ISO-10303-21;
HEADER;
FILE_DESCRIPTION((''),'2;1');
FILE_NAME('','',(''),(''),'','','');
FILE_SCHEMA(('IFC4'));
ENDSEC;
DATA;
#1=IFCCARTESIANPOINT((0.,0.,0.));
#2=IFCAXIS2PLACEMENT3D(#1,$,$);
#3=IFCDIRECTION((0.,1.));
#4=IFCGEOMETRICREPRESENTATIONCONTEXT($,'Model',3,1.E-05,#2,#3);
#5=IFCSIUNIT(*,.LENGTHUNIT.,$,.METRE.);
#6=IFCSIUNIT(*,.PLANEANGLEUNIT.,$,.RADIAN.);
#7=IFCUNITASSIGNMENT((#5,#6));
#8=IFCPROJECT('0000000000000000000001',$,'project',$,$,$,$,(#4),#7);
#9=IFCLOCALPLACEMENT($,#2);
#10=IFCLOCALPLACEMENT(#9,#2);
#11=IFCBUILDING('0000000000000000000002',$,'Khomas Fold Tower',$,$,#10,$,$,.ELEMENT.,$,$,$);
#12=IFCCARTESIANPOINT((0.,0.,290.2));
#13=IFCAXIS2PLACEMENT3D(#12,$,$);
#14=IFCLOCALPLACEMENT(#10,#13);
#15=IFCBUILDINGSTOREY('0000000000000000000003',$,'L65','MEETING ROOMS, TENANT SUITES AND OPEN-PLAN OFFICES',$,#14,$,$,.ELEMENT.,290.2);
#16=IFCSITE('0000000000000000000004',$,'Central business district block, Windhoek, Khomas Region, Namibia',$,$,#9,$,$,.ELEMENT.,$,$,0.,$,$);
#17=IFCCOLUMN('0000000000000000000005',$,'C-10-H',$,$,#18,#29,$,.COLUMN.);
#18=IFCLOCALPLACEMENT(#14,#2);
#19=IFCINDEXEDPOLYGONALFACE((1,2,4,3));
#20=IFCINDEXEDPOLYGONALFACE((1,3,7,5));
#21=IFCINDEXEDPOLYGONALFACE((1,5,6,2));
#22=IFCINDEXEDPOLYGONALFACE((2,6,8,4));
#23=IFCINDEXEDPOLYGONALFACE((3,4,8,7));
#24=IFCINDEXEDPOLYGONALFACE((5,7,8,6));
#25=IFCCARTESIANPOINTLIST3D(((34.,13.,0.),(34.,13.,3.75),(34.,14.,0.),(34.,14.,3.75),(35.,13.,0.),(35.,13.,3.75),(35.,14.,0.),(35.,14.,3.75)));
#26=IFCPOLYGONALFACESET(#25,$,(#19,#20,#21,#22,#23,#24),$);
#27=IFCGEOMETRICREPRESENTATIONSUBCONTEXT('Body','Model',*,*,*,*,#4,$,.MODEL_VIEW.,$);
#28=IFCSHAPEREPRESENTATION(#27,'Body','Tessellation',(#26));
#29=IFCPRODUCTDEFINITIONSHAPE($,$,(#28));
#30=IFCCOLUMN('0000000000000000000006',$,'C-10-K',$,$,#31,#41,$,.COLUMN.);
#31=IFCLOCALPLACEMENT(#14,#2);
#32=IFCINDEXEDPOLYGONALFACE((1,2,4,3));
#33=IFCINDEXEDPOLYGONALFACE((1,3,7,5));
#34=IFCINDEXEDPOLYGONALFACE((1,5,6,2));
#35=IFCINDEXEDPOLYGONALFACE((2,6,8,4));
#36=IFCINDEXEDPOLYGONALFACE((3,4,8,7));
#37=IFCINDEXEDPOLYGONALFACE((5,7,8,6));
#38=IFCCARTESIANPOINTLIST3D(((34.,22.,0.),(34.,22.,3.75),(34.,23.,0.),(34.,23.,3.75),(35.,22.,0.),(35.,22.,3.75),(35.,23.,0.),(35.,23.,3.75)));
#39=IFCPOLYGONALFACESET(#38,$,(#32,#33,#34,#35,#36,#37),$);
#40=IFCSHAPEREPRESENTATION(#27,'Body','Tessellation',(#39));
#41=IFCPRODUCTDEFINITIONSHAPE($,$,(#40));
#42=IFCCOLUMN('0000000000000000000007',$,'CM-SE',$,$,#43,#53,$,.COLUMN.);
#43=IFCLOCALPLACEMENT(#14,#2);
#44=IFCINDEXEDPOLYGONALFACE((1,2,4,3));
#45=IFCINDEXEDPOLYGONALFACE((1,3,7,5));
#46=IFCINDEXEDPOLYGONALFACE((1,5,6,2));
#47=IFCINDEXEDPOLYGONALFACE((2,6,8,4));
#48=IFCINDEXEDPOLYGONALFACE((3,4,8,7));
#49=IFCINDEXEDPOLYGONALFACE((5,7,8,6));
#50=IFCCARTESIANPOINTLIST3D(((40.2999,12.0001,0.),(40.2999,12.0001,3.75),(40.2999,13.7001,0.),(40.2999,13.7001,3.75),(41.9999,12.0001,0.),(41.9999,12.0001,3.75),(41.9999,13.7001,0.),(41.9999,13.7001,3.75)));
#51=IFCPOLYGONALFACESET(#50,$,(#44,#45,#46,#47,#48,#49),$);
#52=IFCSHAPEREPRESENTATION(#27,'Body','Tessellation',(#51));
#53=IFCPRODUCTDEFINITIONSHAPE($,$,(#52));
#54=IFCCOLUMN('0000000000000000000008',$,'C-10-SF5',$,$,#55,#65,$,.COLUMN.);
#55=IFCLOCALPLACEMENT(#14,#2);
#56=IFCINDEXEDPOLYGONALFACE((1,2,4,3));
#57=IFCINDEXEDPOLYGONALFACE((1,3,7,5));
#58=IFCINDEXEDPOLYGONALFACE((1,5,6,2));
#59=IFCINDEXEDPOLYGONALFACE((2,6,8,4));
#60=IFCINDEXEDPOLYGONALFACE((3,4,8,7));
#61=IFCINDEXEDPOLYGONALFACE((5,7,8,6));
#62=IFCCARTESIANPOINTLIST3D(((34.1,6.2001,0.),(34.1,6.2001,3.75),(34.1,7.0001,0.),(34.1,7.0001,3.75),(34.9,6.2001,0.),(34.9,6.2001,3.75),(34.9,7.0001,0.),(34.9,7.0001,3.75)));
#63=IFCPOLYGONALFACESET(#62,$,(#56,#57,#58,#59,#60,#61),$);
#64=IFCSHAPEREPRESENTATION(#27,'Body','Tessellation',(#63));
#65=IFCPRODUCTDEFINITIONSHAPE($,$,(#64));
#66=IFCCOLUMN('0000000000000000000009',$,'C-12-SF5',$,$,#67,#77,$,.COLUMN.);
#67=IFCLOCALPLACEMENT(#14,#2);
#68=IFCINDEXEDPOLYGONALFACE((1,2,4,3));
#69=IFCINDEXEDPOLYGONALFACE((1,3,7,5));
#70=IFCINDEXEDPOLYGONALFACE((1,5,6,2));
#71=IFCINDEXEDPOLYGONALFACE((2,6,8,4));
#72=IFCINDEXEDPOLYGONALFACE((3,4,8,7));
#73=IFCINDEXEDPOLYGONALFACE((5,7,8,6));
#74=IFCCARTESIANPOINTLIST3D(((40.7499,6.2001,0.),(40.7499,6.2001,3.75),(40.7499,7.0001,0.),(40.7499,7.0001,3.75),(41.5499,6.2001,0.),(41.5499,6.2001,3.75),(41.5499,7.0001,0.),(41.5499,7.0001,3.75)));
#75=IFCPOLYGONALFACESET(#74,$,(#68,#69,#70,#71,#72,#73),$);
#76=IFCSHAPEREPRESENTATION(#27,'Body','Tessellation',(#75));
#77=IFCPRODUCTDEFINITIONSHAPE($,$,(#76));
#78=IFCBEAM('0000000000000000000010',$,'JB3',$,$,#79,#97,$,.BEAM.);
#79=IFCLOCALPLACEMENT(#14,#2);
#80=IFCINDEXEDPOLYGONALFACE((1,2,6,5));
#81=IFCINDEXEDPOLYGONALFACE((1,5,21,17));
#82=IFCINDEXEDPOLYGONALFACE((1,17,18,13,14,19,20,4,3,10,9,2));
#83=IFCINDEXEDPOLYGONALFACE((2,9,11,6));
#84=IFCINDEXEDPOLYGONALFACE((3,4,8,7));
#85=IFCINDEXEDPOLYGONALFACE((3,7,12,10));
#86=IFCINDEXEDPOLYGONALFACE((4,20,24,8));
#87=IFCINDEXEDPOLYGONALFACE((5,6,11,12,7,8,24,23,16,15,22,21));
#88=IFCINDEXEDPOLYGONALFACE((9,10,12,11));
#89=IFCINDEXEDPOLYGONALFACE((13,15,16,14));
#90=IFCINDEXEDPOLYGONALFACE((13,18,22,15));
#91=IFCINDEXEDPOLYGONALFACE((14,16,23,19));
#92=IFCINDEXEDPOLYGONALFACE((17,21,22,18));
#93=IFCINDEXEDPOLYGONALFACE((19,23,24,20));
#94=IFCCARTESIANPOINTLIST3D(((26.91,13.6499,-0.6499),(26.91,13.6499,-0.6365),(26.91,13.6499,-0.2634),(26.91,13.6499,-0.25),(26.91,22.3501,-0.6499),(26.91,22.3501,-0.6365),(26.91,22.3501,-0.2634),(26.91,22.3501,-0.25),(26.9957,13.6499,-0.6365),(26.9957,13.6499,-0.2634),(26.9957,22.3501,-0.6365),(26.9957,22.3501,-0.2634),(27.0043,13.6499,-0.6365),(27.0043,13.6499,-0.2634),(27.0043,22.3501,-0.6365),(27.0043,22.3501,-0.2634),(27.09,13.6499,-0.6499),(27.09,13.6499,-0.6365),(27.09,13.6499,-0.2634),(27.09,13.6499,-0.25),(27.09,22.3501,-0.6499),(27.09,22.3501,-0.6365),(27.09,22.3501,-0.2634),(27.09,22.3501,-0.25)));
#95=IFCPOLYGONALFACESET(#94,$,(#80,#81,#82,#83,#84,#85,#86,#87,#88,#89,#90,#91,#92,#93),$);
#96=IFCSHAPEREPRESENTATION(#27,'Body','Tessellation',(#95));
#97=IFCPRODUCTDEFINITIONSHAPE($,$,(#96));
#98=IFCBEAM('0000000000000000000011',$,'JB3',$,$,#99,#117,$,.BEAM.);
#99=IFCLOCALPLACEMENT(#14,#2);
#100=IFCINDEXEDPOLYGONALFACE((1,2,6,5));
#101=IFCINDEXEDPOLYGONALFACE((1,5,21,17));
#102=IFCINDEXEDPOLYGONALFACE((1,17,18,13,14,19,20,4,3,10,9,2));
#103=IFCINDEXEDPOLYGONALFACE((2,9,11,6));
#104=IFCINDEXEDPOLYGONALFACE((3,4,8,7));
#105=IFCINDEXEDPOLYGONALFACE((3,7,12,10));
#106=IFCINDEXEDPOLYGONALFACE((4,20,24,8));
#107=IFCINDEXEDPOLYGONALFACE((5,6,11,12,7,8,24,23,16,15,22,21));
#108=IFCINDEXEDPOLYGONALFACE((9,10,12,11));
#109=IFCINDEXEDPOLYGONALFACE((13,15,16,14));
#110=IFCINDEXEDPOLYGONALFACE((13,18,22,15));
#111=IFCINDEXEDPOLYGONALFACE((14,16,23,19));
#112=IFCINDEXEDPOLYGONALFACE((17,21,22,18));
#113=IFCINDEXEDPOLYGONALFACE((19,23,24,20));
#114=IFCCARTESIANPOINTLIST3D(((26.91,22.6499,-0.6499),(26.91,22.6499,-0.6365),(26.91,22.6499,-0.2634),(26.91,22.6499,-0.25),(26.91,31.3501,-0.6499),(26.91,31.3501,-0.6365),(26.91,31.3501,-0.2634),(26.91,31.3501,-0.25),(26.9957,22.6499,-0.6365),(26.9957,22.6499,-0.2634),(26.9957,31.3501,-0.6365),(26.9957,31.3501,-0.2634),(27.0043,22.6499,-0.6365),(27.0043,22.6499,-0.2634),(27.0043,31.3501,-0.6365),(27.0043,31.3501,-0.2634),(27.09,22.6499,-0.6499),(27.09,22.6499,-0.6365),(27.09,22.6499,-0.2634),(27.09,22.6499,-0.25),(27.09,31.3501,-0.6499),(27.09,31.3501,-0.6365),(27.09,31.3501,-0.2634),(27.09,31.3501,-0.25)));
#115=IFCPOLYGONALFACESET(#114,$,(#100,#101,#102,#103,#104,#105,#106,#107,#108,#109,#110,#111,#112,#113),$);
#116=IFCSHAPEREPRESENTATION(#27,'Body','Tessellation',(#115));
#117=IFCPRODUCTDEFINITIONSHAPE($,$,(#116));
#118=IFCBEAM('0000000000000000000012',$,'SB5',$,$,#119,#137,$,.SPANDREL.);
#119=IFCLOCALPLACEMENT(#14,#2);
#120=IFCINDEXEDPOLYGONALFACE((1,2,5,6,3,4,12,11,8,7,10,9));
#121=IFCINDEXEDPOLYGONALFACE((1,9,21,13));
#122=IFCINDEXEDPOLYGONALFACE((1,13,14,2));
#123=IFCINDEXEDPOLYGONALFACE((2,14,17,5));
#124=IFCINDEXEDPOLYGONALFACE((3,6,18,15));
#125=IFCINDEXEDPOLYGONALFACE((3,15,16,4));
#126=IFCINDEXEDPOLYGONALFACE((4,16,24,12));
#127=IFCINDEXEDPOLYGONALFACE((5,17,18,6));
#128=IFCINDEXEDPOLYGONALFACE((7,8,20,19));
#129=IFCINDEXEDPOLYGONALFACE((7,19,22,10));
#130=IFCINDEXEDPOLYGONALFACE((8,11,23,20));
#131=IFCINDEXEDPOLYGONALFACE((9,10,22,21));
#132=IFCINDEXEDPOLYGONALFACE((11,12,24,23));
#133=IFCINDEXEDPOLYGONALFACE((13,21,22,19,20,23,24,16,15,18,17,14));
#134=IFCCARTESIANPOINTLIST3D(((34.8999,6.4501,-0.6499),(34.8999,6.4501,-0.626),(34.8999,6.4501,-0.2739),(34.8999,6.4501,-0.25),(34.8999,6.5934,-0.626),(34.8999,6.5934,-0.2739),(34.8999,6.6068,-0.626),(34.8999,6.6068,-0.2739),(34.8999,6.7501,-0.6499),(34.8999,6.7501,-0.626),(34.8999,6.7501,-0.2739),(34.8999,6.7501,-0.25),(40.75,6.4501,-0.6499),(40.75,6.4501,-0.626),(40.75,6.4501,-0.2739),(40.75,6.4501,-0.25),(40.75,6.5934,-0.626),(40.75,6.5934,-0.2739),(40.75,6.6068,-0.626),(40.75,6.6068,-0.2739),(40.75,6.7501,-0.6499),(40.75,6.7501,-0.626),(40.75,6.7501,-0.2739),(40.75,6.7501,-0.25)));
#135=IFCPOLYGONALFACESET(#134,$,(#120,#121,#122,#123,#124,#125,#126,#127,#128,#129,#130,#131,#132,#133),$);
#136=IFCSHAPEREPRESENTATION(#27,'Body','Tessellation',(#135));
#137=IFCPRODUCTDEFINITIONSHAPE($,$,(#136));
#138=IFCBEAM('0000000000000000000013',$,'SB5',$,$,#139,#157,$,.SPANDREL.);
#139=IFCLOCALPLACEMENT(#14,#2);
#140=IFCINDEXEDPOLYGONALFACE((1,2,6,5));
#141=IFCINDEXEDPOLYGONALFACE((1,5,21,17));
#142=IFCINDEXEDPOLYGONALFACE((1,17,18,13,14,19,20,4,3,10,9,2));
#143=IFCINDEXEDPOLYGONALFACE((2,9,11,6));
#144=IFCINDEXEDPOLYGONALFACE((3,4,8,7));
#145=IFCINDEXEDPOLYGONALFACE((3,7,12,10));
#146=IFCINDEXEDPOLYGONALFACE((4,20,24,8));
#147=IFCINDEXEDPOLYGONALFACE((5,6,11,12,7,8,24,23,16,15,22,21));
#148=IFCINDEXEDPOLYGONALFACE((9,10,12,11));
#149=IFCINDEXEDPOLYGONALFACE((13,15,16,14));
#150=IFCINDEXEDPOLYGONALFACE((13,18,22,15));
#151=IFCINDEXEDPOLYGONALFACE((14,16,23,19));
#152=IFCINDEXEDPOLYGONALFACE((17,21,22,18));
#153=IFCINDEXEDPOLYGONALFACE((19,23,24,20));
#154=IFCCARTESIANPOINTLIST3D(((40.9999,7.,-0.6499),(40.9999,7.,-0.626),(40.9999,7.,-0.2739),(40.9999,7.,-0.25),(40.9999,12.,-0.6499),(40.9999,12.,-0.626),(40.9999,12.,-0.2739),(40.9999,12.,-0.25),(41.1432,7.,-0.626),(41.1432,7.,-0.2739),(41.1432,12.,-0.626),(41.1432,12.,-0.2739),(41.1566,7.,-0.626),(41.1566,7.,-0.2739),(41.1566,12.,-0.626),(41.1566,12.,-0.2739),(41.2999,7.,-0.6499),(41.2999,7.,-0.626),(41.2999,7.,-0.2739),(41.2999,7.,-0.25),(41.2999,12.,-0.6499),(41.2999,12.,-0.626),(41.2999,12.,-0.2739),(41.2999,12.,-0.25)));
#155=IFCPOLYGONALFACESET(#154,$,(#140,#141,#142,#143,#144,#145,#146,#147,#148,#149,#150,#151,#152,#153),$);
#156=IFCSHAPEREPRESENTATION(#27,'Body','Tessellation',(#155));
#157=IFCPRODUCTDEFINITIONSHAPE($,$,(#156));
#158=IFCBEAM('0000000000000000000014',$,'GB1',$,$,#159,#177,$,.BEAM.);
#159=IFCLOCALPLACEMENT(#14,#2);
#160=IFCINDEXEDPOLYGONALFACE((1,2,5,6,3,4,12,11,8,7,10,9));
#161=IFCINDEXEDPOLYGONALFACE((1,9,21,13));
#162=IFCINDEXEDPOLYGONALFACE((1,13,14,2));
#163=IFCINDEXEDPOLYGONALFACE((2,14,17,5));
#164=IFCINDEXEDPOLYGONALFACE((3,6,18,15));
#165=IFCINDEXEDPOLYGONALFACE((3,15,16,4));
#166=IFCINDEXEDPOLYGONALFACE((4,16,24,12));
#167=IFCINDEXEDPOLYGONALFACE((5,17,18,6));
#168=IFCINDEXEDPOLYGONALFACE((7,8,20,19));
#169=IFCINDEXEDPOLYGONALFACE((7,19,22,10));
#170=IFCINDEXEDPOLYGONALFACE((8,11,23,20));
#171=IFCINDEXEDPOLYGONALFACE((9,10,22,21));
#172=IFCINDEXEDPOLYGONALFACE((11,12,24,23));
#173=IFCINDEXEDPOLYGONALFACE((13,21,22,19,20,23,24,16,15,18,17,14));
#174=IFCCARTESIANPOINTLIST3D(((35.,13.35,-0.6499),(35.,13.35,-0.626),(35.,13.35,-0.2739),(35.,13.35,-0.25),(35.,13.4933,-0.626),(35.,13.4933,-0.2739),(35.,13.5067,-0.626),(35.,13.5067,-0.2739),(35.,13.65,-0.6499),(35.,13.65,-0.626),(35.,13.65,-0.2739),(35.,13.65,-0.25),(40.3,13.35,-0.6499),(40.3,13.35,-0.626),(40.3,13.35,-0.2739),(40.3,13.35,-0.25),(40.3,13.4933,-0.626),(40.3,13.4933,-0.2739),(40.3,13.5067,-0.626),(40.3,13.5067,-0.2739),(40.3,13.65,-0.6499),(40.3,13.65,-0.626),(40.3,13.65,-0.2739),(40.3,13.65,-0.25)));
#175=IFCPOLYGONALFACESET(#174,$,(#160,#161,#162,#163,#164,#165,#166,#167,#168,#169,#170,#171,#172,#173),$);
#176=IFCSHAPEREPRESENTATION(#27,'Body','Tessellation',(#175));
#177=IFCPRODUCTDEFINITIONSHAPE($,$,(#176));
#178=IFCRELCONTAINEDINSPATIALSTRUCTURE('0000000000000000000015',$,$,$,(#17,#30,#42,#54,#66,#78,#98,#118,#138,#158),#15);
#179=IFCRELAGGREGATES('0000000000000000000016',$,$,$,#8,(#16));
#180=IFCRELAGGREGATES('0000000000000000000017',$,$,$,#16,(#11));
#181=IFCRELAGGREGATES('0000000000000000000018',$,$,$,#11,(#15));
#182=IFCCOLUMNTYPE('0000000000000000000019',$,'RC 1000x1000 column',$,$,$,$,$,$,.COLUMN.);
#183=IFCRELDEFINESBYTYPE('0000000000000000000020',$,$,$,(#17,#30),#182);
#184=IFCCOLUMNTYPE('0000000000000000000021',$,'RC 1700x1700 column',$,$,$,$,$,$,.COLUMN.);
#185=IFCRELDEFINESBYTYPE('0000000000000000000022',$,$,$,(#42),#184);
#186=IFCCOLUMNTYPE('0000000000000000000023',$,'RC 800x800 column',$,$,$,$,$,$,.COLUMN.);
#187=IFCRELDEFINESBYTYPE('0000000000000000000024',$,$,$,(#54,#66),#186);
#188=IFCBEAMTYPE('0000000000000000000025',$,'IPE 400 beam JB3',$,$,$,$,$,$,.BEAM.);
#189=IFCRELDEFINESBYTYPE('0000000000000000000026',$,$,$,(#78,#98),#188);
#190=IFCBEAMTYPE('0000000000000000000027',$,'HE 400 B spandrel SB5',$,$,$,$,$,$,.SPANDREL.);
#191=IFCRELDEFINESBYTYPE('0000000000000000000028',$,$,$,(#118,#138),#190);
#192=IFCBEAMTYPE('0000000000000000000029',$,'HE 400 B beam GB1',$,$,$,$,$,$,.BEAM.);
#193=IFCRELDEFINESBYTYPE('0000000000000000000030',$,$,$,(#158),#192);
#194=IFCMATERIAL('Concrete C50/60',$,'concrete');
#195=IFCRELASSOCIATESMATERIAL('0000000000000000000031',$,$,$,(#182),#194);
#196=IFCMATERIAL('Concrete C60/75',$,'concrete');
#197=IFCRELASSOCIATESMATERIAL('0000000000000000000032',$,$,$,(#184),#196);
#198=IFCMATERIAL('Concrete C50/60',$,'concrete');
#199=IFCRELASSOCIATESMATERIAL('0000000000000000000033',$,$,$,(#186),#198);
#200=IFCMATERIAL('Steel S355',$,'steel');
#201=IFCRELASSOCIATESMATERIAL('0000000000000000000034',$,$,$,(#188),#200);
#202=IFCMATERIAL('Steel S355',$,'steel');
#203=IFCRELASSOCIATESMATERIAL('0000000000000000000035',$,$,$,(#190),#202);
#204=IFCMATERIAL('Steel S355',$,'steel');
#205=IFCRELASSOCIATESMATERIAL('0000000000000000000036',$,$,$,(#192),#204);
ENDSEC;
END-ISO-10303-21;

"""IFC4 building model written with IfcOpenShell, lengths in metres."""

from ifc_helpers import new_model, si_unit, direction, frame, origin, origin_2d, place, context, subcontext, project, spatial, rectangle, i_section, extrude, source, transform, mapped, material, material_profile, profile_set, type_object, element, save


model = new_model("IFC4")

# Units and contexts
model_context = context("Model", 3, precision=1e-05, world=origin(), true_north=direction((0.0, 1.0)))
body_context = subcontext(model_context, "Body", "Model", "MODEL_VIEW")
ifc_project = project(units=[si_unit("LENGTHUNIT", "METRE"), si_unit("PLANEANGLEUNIT", "RADIAN")], contexts=[model_context])

# Site, building, storey
site_placement = place(None, origin())
site = spatial("IfcSite", under=ifc_project, at=site_placement, Name="Central business district block, Windhoek, Khomas Region, Namibia", CompositionType="ELEMENT", RefElevation=0.0)
building_placement = place(site_placement, origin())
building = spatial("IfcBuilding", under=site, at=building_placement, Name="Khomas Fold Tower", CompositionType="ELEMENT")
storey_placement = place(building_placement, frame((0.0, 0.0, 290.2)))
storey = spatial("IfcBuildingStorey", under=building, at=storey_placement, Name="L65", Description="MEETING ROOMS, TENANT SUITES AND OPEN-PLAN OFFICES", CompositionType="ELEMENT", Elevation=290.2)

# Columns
ifc_material_1 = material(Name="Concrete C50/60", Category="concrete")
ifc_material_profile_1 = material_profile(ifc_material_1, rectangle(XDim=1.0, YDim=1.0, at=origin_2d()), Name="RC 1000x1000")
ifc_profile_set_1 = profile_set([ifc_material_profile_1], Name="Concrete C50/60")
column_type_1 = type_object("IfcColumnType", Name="RC 1000x1000 column", PredefinedType="COLUMN", material=ifc_profile_set_1)
shared_shape_1 = source(origin(), body_context, "Body", "SweptSolid", [
    extrude(rectangle(XDim=1.0, YDim=1.0, at=origin_2d()), origin(), (0.0, 0.0, 1.0), 3.75),
])
for number, where, z_axis, x_axis, name in (
    (1, (34.5, 13.5, 0.0), (0.0, 0.0, 1.0), (1.0, 0.0, 0.0), "C-10-H"),
    (2, (34.5, 22.5, 0.0), (0.0, 0.0, 1.0), (1.0, 0.0, 0.0), "C-10-K"),
):
    element("IfcColumn", number, at=place(storey_placement, frame(where, z_axis=z_axis, x_axis=x_axis)), inside=storey, type_object=column_type_1, Name=name, PredefinedType="COLUMN", context=body_context, shape_type="MappedRepresentation", body=[
        mapped(shared_shape_1, transform((0.0, 0.0, 0.0))),
    ])
ifc_material_2 = material(Name="Concrete C60/75", Category="concrete")
ifc_material_profile_2 = material_profile(ifc_material_2, rectangle(XDim=1.7, YDim=1.7, at=origin_2d()), Name="RC 1700x1700")
ifc_profile_set_2 = profile_set([ifc_material_profile_2], Name="Concrete C60/75")
column_type_2 = type_object("IfcColumnType", Name="RC 1700x1700 column", PredefinedType="COLUMN", material=ifc_profile_set_2)
shared_shape_2 = source(origin(), body_context, "Body", "SweptSolid", [
    extrude(rectangle(XDim=1.7, YDim=1.7, at=origin_2d()), origin(), (0.0, 0.0, 1.0), 3.75),
])
column_placement = place(storey_placement, frame((41.1499, 12.8501, 0.0), z_axis=(0.0, 0.0, 1.0), x_axis=(1.0, 0.0, 0.0)))
element("IfcColumn", 3, at=column_placement, inside=storey, type_object=column_type_2, Name="CM-SE", PredefinedType="COLUMN", context=body_context, shape_type="MappedRepresentation", body=[
    mapped(shared_shape_2, transform((0.0, 0.0, 0.0))),
])
ifc_material_3 = material(Name="Concrete C50/60", Category="concrete")
ifc_material_profile_3 = material_profile(ifc_material_3, rectangle(XDim=0.8, YDim=0.8, at=origin_2d()), Name="RC 800x800")
ifc_profile_set_3 = profile_set([ifc_material_profile_3], Name="Concrete C50/60")
column_type_3 = type_object("IfcColumnType", Name="RC 800x800 column", PredefinedType="COLUMN", material=ifc_profile_set_3)
shared_shape_3 = source(origin(), body_context, "Body", "SweptSolid", [
    extrude(rectangle(XDim=0.8, YDim=0.8, at=origin_2d()), origin(), (0.0, 0.0, 1.0), 3.75),
])
for number, where, z_axis, x_axis, name in (
    (4, (34.5, 6.6001, 0.0), (0.0, 0.0, 1.0), (1.0, 0.0, 0.0), "C-10-SF5"),
    (5, (41.1499, 6.6001, 0.0), (0.0, 0.0, 1.0), (1.0, 0.0, 0.0), "C-12-SF5"),
):
    element("IfcColumn", number, at=place(storey_placement, frame(where, z_axis=z_axis, x_axis=x_axis)), inside=storey, type_object=column_type_3, Name=name, PredefinedType="COLUMN", context=body_context, shape_type="MappedRepresentation", body=[
        mapped(shared_shape_3, transform((0.0, 0.0, 0.0))),
    ])

# Beams
ifc_material_4 = material(Name="Steel S355", Category="steel")
ifc_material_profile_4 = material_profile(ifc_material_4, i_section(OverallWidth=0.1799, OverallDepth=0.3999, WebThickness=0.0085, FlangeThickness=0.0134, at=origin_2d()), Name="IPE 400")
ifc_profile_set_4 = profile_set([ifc_material_profile_4], Name="Steel S355")
beam_type_1 = type_object("IfcBeamType", Name="IPE 400 beam JB3", PredefinedType="BEAM", material=ifc_profile_set_4)
shared_shape_4 = source(origin(), body_context, "Body", "SweptSolid", [
    extrude(i_section(OverallWidth=0.1799, OverallDepth=0.3999, WebThickness=0.0085, FlangeThickness=0.0134, at=origin_2d()), origin(), (0.0, 0.0, 1.0), 8.7002),
])
for number, where, z_axis, x_axis, name in (
    (6, (27.0, 13.6499, -0.45), (0.0, 1.0, 0.0), (-1.0, 0.0, 0.0), "JB3"),
    (7, (27.0, 22.6499, -0.45), (0.0, 1.0, 0.0), (-1.0, 0.0, 0.0), "JB3"),
):
    element("IfcBeam", number, at=place(storey_placement, frame(where, z_axis=z_axis, x_axis=x_axis)), inside=storey, type_object=beam_type_1, Name=name, PredefinedType="BEAM", context=body_context, shape_type="MappedRepresentation", body=[
        mapped(shared_shape_4, transform((0.0, 0.0, 0.0))),
    ])
ifc_material_5 = material(Name="Steel S355", Category="steel")
ifc_material_profile_5 = material_profile(ifc_material_5, i_section(OverallWidth=0.3, OverallDepth=0.3999, WebThickness=0.0134, FlangeThickness=0.0239, at=origin_2d()), Name="HE 400 B")
ifc_profile_set_5 = profile_set([ifc_material_profile_5], Name="Steel S355")
beam_type_2 = type_object("IfcBeamType", Name="HE 400 B spandrel SB5", PredefinedType="SPANDREL", material=ifc_profile_set_5)
shared_shape_5 = source(origin(), body_context, "Body", "SweptSolid", [
    extrude(i_section(OverallWidth=0.3, OverallDepth=0.3999, WebThickness=0.0134, FlangeThickness=0.0239, at=origin_2d()), origin(), (0.0, 0.0, 1.0), 5.8501),
])
beam_1_placement = place(storey_placement, frame((34.8999, 6.6001, -0.45), z_axis=(1.0, 0.0, 0.0), x_axis=(0.0, 1.0, 0.0)))
element("IfcBeam", 8, at=beam_1_placement, inside=storey, type_object=beam_type_2, Name="SB5", PredefinedType="SPANDREL", context=body_context, shape_type="MappedRepresentation", body=[
    mapped(shared_shape_5, transform((0.0, 0.0, 0.0))),
])
shared_shape_6 = source(origin(), body_context, "Body", "SweptSolid", [
    extrude(i_section(OverallWidth=0.3, OverallDepth=0.3999, WebThickness=0.0134, FlangeThickness=0.0239, at=origin_2d()), origin(), (0.0, 0.0, 1.0), 5.0),
])
beam_2_placement = place(storey_placement, frame((41.1499, 7.0, -0.45), z_axis=(0.0, 1.0, 0.0), x_axis=(-1.0, 0.0, 0.0)))
element("IfcBeam", 9, at=beam_2_placement, inside=storey, type_object=beam_type_2, Name="SB5", PredefinedType="SPANDREL", context=body_context, shape_type="MappedRepresentation", body=[
    mapped(shared_shape_6, transform((0.0, 0.0, 0.0))),
])
ifc_material_6 = material(Name="Steel S355", Category="steel")
ifc_material_profile_6 = material_profile(ifc_material_6, i_section(OverallWidth=0.3, OverallDepth=0.3999, WebThickness=0.0134, FlangeThickness=0.0239, at=origin_2d()), Name="HE 400 B")
ifc_profile_set_6 = profile_set([ifc_material_profile_6], Name="Steel S355")
beam_type_3 = type_object("IfcBeamType", Name="HE 400 B beam GB1", PredefinedType="BEAM", material=ifc_profile_set_6)
shared_shape_7 = source(origin(), body_context, "Body", "SweptSolid", [
    extrude(i_section(OverallWidth=0.3, OverallDepth=0.3999, WebThickness=0.0134, FlangeThickness=0.0239, at=origin_2d()), origin(), (0.0, 0.0, 1.0), 5.3),
])
beam_3_placement = place(storey_placement, frame((35.0, 13.5, -0.45), z_axis=(1.0, 0.0, 0.0), x_axis=(0.0, 1.0, 0.0)))
element("IfcBeam", 10, at=beam_3_placement, inside=storey, type_object=beam_type_3, Name="GB1", PredefinedType="BEAM", context=body_context, shape_type="MappedRepresentation", body=[
    mapped(shared_shape_7, transform((0.0, 0.0, 0.0))),
])

save(model, "model.ifc")
